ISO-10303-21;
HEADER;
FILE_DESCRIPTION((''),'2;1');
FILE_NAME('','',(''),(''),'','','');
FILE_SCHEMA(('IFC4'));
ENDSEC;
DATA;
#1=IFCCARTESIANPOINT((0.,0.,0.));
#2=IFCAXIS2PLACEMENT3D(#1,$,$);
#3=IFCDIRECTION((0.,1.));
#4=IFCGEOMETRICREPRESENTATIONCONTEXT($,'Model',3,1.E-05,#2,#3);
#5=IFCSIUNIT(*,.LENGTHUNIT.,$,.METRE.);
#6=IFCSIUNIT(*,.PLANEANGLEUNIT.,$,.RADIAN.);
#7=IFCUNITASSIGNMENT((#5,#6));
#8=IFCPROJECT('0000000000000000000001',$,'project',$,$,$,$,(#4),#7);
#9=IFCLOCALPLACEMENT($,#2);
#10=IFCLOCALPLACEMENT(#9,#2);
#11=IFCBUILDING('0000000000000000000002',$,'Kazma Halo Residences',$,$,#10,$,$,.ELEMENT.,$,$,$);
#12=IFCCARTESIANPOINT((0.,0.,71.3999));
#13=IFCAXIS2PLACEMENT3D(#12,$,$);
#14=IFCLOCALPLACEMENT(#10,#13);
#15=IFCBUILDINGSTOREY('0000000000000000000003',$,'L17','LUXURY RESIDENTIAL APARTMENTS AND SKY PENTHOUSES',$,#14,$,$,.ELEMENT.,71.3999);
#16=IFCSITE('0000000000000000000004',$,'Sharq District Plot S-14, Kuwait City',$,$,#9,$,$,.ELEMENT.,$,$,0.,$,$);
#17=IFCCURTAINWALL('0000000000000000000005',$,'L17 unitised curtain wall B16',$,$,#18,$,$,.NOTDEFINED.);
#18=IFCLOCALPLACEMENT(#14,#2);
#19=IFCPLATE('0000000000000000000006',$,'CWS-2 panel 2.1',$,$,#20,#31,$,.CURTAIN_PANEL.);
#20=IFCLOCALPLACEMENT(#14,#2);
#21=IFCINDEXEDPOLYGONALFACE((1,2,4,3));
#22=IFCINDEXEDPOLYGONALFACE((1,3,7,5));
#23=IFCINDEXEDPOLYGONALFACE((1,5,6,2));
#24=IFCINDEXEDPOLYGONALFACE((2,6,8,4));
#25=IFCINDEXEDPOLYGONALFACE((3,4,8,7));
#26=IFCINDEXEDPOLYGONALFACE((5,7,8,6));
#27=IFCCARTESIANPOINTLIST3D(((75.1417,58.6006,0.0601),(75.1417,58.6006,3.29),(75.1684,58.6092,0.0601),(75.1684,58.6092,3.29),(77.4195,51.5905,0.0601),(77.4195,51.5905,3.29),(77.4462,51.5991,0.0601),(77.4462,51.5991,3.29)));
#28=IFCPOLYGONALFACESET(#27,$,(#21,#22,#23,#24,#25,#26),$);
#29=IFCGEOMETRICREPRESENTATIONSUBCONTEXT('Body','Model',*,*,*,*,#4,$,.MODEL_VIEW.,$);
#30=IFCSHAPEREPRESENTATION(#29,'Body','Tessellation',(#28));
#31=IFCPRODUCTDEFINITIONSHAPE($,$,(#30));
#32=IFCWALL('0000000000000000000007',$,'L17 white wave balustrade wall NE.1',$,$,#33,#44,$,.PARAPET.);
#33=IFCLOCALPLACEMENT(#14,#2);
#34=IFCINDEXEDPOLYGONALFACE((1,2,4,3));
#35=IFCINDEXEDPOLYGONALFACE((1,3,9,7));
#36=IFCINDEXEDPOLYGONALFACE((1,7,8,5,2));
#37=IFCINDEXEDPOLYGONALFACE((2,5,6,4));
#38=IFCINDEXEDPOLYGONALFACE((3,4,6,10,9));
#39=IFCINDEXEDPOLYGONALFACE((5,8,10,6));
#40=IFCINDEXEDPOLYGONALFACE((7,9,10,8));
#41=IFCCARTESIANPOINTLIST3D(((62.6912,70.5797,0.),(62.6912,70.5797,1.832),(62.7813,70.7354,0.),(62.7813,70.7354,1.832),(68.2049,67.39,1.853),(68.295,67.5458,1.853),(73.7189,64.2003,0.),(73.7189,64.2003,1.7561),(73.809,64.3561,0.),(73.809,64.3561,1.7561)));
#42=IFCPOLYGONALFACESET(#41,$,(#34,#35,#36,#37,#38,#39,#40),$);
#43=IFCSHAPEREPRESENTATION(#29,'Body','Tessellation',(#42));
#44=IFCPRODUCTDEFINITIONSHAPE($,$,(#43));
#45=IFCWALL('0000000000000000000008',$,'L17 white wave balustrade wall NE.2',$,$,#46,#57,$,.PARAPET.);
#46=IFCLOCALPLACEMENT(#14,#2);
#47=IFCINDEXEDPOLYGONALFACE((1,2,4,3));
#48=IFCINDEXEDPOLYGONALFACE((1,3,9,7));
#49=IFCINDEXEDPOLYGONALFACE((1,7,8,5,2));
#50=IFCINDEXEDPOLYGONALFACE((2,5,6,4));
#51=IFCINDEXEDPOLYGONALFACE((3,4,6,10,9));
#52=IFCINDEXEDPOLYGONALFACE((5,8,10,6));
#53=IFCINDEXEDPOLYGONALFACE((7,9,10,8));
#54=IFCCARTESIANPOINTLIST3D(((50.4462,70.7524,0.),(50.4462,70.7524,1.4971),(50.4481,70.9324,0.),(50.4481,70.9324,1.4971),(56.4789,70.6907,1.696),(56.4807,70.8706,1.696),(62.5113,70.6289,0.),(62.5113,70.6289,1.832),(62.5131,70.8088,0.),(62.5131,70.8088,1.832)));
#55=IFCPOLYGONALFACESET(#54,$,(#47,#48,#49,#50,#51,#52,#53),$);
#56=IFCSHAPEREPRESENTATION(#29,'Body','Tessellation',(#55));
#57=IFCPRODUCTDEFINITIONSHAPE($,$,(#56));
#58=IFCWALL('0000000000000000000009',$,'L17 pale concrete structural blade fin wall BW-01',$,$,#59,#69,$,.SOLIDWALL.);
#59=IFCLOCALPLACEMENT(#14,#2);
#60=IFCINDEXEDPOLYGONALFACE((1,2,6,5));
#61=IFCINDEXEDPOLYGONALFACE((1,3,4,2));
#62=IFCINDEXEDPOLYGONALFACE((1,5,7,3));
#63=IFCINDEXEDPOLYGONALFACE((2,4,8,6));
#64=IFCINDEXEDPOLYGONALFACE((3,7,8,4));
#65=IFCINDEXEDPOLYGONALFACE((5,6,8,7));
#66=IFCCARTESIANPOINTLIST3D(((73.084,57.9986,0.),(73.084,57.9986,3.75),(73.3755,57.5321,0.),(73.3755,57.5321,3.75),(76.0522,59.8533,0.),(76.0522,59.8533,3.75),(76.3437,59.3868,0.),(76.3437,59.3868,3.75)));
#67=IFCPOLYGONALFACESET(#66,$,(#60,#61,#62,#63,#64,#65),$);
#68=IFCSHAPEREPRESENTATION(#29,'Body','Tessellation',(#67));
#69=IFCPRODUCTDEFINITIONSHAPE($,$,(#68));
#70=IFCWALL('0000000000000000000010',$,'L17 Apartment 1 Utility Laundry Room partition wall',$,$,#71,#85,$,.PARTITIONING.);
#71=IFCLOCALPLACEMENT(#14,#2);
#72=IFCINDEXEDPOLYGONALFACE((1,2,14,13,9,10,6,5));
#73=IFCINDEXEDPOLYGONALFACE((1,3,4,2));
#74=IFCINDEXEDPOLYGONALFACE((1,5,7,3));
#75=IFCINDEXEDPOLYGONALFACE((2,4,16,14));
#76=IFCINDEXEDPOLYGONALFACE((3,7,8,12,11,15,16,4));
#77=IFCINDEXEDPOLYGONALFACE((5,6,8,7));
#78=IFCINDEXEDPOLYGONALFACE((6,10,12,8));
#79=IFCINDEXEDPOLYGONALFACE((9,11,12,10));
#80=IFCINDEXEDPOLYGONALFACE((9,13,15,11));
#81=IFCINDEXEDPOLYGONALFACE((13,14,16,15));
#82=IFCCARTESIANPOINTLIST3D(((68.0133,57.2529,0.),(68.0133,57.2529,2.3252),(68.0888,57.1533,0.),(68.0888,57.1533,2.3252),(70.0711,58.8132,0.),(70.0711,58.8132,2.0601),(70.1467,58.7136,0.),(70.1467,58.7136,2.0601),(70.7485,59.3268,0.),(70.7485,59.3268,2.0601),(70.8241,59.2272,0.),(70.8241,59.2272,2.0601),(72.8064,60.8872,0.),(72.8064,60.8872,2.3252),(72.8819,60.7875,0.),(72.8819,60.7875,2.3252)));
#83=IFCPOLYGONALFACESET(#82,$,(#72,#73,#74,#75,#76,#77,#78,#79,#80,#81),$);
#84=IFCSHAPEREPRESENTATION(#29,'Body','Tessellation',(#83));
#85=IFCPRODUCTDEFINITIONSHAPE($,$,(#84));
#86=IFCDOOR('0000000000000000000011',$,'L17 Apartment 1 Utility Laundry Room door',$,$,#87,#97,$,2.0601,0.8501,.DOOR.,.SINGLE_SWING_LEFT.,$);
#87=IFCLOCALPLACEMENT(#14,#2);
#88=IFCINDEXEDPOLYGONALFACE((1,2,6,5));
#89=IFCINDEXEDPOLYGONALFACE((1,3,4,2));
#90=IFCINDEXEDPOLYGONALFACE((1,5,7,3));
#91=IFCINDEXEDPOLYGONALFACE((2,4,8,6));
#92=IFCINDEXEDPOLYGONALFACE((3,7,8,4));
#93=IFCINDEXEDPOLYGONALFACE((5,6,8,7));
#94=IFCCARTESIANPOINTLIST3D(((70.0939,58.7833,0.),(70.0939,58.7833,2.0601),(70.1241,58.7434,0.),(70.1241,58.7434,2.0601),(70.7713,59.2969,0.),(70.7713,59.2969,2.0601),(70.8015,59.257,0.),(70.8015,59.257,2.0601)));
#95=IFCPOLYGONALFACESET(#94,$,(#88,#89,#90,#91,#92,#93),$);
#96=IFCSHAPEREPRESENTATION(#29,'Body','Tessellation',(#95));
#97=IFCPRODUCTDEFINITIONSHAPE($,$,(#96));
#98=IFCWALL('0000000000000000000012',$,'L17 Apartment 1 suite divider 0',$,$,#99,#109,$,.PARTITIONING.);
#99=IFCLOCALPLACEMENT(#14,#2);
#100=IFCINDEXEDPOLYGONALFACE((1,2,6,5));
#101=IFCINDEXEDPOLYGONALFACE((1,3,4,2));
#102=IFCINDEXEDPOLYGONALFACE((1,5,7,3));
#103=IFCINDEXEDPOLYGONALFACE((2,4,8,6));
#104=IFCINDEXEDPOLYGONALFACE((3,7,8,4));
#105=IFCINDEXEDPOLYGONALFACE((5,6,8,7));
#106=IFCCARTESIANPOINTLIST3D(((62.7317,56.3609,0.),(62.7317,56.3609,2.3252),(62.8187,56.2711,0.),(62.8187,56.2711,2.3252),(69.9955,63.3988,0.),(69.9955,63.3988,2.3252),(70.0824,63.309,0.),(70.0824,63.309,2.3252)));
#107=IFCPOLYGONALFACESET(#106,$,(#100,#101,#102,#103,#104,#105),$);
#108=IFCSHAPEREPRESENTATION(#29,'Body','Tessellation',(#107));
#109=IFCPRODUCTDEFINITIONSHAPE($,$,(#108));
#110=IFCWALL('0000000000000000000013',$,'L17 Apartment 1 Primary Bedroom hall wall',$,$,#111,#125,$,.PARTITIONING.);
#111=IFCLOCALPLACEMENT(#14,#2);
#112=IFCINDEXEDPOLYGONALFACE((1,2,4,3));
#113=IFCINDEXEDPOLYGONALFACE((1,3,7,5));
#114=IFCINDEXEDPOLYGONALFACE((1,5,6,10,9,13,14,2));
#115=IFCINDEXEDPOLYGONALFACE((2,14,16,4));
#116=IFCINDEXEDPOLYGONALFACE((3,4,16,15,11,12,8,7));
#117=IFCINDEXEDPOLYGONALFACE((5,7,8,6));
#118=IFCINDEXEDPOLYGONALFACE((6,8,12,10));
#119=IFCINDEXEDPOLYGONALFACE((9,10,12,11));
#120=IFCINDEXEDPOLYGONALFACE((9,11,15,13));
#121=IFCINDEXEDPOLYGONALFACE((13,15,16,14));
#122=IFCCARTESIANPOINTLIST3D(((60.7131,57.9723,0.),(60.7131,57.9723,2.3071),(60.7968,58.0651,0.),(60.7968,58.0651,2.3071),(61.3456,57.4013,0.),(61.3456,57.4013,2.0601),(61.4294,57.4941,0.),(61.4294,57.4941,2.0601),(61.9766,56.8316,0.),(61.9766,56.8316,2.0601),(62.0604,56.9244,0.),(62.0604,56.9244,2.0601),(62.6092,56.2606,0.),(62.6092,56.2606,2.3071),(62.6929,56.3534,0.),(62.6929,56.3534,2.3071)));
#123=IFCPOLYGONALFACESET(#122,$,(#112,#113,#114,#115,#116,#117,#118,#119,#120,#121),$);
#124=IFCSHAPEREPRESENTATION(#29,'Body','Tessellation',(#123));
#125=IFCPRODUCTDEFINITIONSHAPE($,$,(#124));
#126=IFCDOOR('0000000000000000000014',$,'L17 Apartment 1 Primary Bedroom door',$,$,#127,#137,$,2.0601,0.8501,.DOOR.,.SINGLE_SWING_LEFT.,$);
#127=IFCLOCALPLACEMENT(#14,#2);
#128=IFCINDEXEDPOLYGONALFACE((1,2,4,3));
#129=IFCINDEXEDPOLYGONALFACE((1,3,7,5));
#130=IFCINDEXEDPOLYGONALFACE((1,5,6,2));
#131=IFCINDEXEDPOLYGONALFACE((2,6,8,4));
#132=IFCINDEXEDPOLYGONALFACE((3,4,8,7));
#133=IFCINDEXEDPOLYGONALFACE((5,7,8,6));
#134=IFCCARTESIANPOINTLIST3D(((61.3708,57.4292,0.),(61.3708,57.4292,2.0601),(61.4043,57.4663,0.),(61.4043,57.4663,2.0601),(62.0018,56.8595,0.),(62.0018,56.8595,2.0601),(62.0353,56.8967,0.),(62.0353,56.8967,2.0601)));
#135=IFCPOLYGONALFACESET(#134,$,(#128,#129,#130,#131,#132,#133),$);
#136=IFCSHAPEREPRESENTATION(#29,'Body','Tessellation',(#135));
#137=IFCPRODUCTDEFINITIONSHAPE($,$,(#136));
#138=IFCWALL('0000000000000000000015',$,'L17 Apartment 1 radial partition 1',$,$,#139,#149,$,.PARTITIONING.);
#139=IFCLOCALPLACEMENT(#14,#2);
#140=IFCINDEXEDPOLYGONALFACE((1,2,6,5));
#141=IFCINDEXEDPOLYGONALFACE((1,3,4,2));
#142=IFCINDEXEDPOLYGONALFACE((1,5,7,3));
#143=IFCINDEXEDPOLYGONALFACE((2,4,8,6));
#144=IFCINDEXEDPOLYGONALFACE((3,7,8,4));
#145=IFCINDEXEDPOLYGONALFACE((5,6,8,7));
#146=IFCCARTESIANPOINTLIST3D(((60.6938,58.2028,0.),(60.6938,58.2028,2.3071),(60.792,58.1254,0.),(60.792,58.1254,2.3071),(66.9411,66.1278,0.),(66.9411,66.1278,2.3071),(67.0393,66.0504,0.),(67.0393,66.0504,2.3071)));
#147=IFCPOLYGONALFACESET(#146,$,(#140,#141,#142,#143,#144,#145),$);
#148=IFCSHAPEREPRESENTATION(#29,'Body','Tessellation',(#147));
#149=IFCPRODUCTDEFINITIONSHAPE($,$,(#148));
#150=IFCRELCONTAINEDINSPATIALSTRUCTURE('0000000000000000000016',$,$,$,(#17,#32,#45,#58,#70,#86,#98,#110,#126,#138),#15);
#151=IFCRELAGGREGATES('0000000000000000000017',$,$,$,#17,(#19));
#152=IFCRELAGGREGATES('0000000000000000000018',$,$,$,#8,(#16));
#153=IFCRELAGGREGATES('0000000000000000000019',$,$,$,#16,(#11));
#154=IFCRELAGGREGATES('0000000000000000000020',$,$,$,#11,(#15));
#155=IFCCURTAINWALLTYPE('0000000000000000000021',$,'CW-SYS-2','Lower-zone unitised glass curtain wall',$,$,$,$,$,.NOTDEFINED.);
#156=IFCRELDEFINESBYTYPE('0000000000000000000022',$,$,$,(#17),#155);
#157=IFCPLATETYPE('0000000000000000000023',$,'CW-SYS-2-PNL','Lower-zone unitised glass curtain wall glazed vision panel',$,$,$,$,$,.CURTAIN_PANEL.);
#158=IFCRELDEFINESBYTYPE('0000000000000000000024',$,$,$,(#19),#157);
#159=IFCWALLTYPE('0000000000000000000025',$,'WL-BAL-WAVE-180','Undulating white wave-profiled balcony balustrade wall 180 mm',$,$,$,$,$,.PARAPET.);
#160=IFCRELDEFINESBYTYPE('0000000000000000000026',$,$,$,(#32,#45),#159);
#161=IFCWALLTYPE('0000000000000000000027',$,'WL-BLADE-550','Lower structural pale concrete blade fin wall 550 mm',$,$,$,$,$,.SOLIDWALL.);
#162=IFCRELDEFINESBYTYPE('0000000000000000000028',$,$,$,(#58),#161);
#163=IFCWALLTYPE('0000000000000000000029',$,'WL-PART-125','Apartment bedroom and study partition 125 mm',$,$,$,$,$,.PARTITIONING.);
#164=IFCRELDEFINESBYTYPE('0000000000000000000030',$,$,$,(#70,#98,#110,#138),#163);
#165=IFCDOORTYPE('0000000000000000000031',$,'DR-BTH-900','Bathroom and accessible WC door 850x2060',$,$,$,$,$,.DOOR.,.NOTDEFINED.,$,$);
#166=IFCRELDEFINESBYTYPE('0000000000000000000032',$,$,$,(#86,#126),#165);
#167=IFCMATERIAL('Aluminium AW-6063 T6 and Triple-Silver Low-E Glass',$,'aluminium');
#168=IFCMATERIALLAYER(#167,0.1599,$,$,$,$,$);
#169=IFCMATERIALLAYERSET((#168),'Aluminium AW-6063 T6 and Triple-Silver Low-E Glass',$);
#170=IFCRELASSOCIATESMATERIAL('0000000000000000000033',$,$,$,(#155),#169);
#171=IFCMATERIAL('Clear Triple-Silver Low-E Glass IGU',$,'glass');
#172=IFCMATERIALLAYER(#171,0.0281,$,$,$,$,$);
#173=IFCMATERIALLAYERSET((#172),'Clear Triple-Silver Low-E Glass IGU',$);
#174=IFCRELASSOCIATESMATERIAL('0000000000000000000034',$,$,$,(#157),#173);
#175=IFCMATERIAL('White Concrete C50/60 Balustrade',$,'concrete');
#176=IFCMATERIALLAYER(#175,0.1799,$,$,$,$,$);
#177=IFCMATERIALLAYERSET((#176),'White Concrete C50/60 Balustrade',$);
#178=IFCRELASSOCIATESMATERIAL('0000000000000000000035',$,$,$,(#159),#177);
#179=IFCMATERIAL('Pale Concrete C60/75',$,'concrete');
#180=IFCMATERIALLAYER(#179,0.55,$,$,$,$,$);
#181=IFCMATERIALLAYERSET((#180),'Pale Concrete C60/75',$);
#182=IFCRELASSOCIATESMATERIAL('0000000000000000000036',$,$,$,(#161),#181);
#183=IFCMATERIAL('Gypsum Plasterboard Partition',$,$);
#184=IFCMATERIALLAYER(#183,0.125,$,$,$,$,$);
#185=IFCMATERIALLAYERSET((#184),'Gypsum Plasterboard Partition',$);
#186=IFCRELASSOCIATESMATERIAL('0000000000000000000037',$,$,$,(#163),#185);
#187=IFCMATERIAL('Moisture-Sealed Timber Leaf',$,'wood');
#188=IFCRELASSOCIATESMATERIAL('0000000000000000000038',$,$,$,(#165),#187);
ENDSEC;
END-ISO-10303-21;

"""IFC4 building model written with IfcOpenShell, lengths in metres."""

from ifc_helpers import new_model, si_unit, direction, frame, frame_2d, origin, origin_2d, place, context, subcontext, project, spatial, polyline, rectangle, outline, extrude, material, layer, layer_set, type_object, element, fill, aggregate, save


model = new_model("IFC4")

# Units and contexts
model_context = context("Model", 3, precision=1e-05, world=origin(), true_north=direction((0.0, 1.0)))
body_context = subcontext(model_context, "Body", "Model", "MODEL_VIEW")
ifc_project = project(units=[si_unit("LENGTHUNIT", "METRE"), si_unit("PLANEANGLEUNIT", "RADIAN")], contexts=[model_context])

# Site, building, storey
site_placement = place(None, origin())
site = spatial("IfcSite", under=ifc_project, at=site_placement, Name="Sharq District Plot S-14, Kuwait City", CompositionType="ELEMENT", RefElevation=0.0)
building_placement = place(site_placement, origin())
building = spatial("IfcBuilding", under=site, at=building_placement, Name="Kazma Halo Residences", CompositionType="ELEMENT")
storey_placement = place(building_placement, frame((0.0, 0.0, 71.3999)))
storey = spatial("IfcBuildingStorey", under=building, at=storey_placement, Name="L17", Description="LUXURY RESIDENTIAL APARTMENTS AND SKY PENTHOUSES", CompositionType="ELEMENT", Elevation=71.3999)

# Shared definitions
ifc_material_1 = material(Name="Aluminium AW-6063 T6 and Triple-Silver Low-E Glass", Category="aluminium")
ifc_layer_1 = layer(ifc_material_1, 0.1599)
ifc_layer_set_1 = layer_set([ifc_layer_1], Name="Aluminium AW-6063 T6 and Triple-Silver Low-E Glass")
curtain_wall_type = type_object("IfcCurtainWallType", Name="CW-SYS-2", Description="Lower-zone unitised glass curtain wall", PredefinedType="NOTDEFINED", material=ifc_layer_set_1)

# Curtain wall
curtain_wall_1_placement = place(storey_placement, origin())
curtain_wall_1 = element("IfcCurtainWall", 1, at=curtain_wall_1_placement, inside=storey, type_object=curtain_wall_type, Name="L17 unitised curtain wall B16", PredefinedType="NOTDEFINED")

# Plate
ifc_material_2 = material(Name="Clear Triple-Silver Low-E Glass IGU", Category="glass")
ifc_layer_2 = layer(ifc_material_2, 0.0281)
ifc_layer_set_2 = layer_set([ifc_layer_2], Name="Clear Triple-Silver Low-E Glass IGU")
plate_type = type_object("IfcPlateType", Name="CW-SYS-2-PNL", Description="Lower-zone unitised glass curtain wall glazed vision panel", PredefinedType="CURTAIN_PANEL", material=ifc_layer_set_2)
plate_1_placement = place(storey_placement, frame((76.2939, 55.0999, 0.0601), z_axis=(0.0, 0.0, 1.0), x_axis=(-0.309017, 0.951057, 0.0)))
plate_1 = element("IfcPlate", 2, at=plate_1_placement, type_object=plate_type, Name="CWS-2 panel 2.1", PredefinedType="CURTAIN_PANEL", context=body_context, shape_type="SweptSolid", body=[
    extrude(rectangle(XDim=7.3708, YDim=0.0281, at=origin_2d()), origin(), (0.0, 0.0, 1.0), 3.23),
])
aggregate(curtain_wall_1, [plate_1])

# Walls
ifc_material_3 = material(Name="White Concrete C50/60 Balustrade", Category="concrete")
ifc_layer_3 = layer(ifc_material_3, 0.1799)
ifc_layer_set_3 = layer_set([ifc_layer_3], Name="White Concrete C50/60 Balustrade")
wall_type_1 = type_object("IfcWallType", Name="WL-BAL-WAVE-180", Description="Undulating white wave-profiled balcony balustrade wall 180 mm", PredefinedType="PARAPET", material=ifc_layer_set_3)
wall_1_placement = place(storey_placement, frame((73.7639, 64.2781, 0.0), z_axis=(0.0, 0.0, 1.0), x_axis=(-0.865601, 0.500734, 0.0)))
element("IfcWall", 3, at=wall_1_placement, inside=storey, type_object=wall_type_1, Name="L17 white wave balustrade wall NE.1", PredefinedType="PARAPET", context=body_context, shape_type="SweptSolid", body=[
    extrude(outline(polyline([(0.0, 0.0), (12.74, 0.0), (12.74, 1.832), (6.3701, 1.853), (0.0, 1.7561), (0.0, 0.0)])), frame((0.0, 0.0898, 0.0), z_axis=(0.0, -1.0, 0.0), x_axis=(1.0, 0.0, 0.0)), (0.0, 0.0, 1.0), 0.1799),
])
wall_2_placement = place(storey_placement, frame((62.5122, 70.7188, 0.0), z_axis=(0.0, 0.0, 1.0), x_axis=(-0.999948, 0.010239, 0.0)))
element("IfcWall", 4, at=wall_2_placement, inside=storey, type_object=wall_type_1, Name="L17 white wave balustrade wall NE.2", PredefinedType="PARAPET", context=body_context, shape_type="SweptSolid", body=[
    extrude(outline(polyline([(0.0, 0.0), (12.0657, 0.0), (12.0657, 1.4971), (6.0327, 1.696), (0.0, 1.832), (0.0, 0.0)])), frame((0.0, 0.0898, 0.0), z_axis=(0.0, -1.0, 0.0), x_axis=(1.0, 0.0, 0.0)), (0.0, 0.0, 1.0), 0.1799),
])
ifc_material_4 = material(Name="Pale Concrete C60/75", Category="concrete")
ifc_layer_4 = layer(ifc_material_4, 0.55)
ifc_layer_set_4 = layer_set([ifc_layer_4], Name="Pale Concrete C60/75")
wall_type_2 = type_object("IfcWallType", Name="WL-BLADE-550", Description="Lower structural pale concrete blade fin wall 550 mm", PredefinedType="SOLIDWALL", material=ifc_layer_set_4)
wall_3_placement = place(storey_placement, frame((73.2297, 57.7654, 0.0), z_axis=(0.0, 0.0, 1.0), x_axis=(0.848053, 0.529911, 0.0)))
element("IfcWall", 5, at=wall_3_placement, inside=storey, type_object=wall_type_2, Name="L17 pale concrete structural blade fin wall BW-01", PredefinedType="SOLIDWALL", context=body_context, shape_type="SweptSolid", body=[
    extrude(rectangle(XDim=3.5, YDim=0.55, at=frame_2d((1.75, 0.0))), origin(), (0.0, 0.0, 1.0), 3.75),
])

# Wall, opening, door
ifc_material_5 = material(Name="Gypsum Plasterboard Partition")
ifc_layer_5 = layer(ifc_material_5, 0.125)
ifc_layer_set_5 = layer_set([ifc_layer_5], Name="Gypsum Plasterboard Partition")
wall_type_3 = type_object("IfcWallType", Name="WL-PART-125", Description="Apartment bedroom and study partition 125 mm", PredefinedType="PARTITIONING", material=ifc_layer_set_5)
wall_4_placement = place(storey_placement, frame((68.051, 57.2031, 0.0), z_axis=(0.0, 0.0, 1.0), x_axis=(0.796848, 0.60418, 0.0)))
wall_4 = element("IfcWall", 6, at=wall_4_placement, inside=storey, type_object=wall_type_3, Name="L17 Apartment 1 Utility Laundry Room partition wall", PredefinedType="PARTITIONING", context=body_context, shape_type="SweptSolid", body=[
    extrude(rectangle(XDim=6.0151, YDim=0.125, at=frame_2d((3.0076, 0.0))), origin(), (0.0, 0.0, 1.0), 2.3252),
])
opening_1_placement = place(wall_4_placement, frame((2.5825, 0.0, 0.0)))
opening_1 = element("IfcOpeningElement", 7, at=opening_1_placement, cuts=wall_4, PredefinedType="OPENING", context=body_context, shape_type="SweptSolid", body=[
    extrude(rectangle(XDim=0.8501, YDim=2.0601, at=frame_2d((0.425, 1.03))), frame((0.0, 0.0725, 0.0), z_axis=(0.0, -1.0, 0.0), x_axis=(1.0, 0.0, 0.0)), (0.0, 0.0, 1.0), 0.145),
])
ifc_material_6 = material(Name="Moisture-Sealed Timber Leaf", Category="wood")
door_type_1 = type_object("IfcDoorType", Name="DR-BTH-900", Description="Bathroom and accessible WC door 850x2060", OperationType="NOTDEFINED", PredefinedType="DOOR", material=ifc_material_6)
door_1_placement = place(opening_1_placement, origin())
door_1 = element("IfcDoor", 8, at=door_1_placement, inside=storey, type_object=door_type_1, Name="L17 Apartment 1 Utility Laundry Room door", OperationType="SINGLE_SWING_LEFT", OverallHeight=2.0601, OverallWidth=0.8501, PredefinedType="DOOR", context=body_context, shape_type="SweptSolid", body=[
    extrude(rectangle(XDim=0.8501, YDim=2.0601, at=frame_2d((0.425, 1.03))), frame((0.0, 0.0249, 0.0), z_axis=(0.0, -1.0, 0.0), x_axis=(1.0, 0.0, 0.0)), (0.0, 0.0, 1.0), 0.05),
])
fill(opening_1, door_1)

# Wall
wall_5_placement = place(storey_placement, frame((62.7751, 56.3159, 0.0), z_axis=(0.0, 0.0, 1.0), x_axis=(0.718183, 0.695854, 0.0)))
element("IfcWall", 9, at=wall_5_placement, inside=storey, type_object=wall_type_3, Name="L17 Apartment 1 suite divider 0", PredefinedType="PARTITIONING", context=body_context, shape_type="SweptSolid", body=[
    extrude(rectangle(XDim=10.114, YDim=0.125, at=frame_2d((5.0571, 0.0))), origin(), (0.0, 0.0, 1.0), 2.3252),
])

# Wall, opening, door
wall_6_placement = place(storey_placement, frame((62.6511, 56.3069, 0.0), z_axis=(0.0, 0.0, 1.0), x_axis=(-0.742267, 0.670105, 0.0)))
wall_6 = element("IfcWall", 10, at=wall_6_placement, inside=storey, type_object=wall_type_3, Name="L17 Apartment 1 Primary Bedroom hall wall", PredefinedType="PARTITIONING", context=body_context, shape_type="SweptSolid", body=[
    extrude(rectangle(XDim=2.5544, YDim=0.125, at=frame_2d((1.2773, 0.0))), origin(), (0.0, 0.0, 1.0), 2.3071),
])
opening_2_placement = place(wall_6_placement, frame((0.8523, 0.0, 0.0)))
opening_2 = element("IfcOpeningElement", 11, at=opening_2_placement, cuts=wall_6, PredefinedType="OPENING", context=body_context, shape_type="SweptSolid", body=[
    extrude(rectangle(XDim=0.8501, YDim=2.0601, at=frame_2d((0.425, 1.03))), frame((0.0, 0.0725, 0.0), z_axis=(0.0, -1.0, 0.0), x_axis=(1.0, 0.0, 0.0)), (0.0, 0.0, 1.0), 0.145),
])
door_2_placement = place(opening_2_placement, origin())
door_2 = element("IfcDoor", 12, at=door_2_placement, inside=storey, type_object=door_type_1, Name="L17 Apartment 1 Primary Bedroom door", OperationType="SINGLE_SWING_LEFT", OverallHeight=2.0601, OverallWidth=0.8501, PredefinedType="DOOR", context=body_context, shape_type="SweptSolid", body=[
    extrude(rectangle(XDim=0.8501, YDim=2.0601, at=frame_2d((0.425, 1.03))), frame((0.0, 0.0249, 0.0), z_axis=(0.0, -1.0, 0.0), x_axis=(1.0, 0.0, 0.0)), (0.0, 0.0, 1.0), 0.05),
])
fill(opening_2, door_2)

# Wall
wall_7_placement = place(storey_placement, frame((60.7429, 58.1641, 0.0), z_axis=(0.0, 0.0, 1.0), x_axis=(0.619076, 0.785331, 0.0)))
element("IfcWall", 13, at=wall_7_placement, inside=storey, type_object=wall_type_3, Name="L17 Apartment 1 radial partition 1", PredefinedType="PARTITIONING", context=body_context, shape_type="SweptSolid", body=[
    extrude(rectangle(XDim=10.0913, YDim=0.125, at=frame_2d((5.0457, 0.0))), origin(), (0.0, 0.0, 1.0), 2.3071),
])

save(model, "model.ifc")
